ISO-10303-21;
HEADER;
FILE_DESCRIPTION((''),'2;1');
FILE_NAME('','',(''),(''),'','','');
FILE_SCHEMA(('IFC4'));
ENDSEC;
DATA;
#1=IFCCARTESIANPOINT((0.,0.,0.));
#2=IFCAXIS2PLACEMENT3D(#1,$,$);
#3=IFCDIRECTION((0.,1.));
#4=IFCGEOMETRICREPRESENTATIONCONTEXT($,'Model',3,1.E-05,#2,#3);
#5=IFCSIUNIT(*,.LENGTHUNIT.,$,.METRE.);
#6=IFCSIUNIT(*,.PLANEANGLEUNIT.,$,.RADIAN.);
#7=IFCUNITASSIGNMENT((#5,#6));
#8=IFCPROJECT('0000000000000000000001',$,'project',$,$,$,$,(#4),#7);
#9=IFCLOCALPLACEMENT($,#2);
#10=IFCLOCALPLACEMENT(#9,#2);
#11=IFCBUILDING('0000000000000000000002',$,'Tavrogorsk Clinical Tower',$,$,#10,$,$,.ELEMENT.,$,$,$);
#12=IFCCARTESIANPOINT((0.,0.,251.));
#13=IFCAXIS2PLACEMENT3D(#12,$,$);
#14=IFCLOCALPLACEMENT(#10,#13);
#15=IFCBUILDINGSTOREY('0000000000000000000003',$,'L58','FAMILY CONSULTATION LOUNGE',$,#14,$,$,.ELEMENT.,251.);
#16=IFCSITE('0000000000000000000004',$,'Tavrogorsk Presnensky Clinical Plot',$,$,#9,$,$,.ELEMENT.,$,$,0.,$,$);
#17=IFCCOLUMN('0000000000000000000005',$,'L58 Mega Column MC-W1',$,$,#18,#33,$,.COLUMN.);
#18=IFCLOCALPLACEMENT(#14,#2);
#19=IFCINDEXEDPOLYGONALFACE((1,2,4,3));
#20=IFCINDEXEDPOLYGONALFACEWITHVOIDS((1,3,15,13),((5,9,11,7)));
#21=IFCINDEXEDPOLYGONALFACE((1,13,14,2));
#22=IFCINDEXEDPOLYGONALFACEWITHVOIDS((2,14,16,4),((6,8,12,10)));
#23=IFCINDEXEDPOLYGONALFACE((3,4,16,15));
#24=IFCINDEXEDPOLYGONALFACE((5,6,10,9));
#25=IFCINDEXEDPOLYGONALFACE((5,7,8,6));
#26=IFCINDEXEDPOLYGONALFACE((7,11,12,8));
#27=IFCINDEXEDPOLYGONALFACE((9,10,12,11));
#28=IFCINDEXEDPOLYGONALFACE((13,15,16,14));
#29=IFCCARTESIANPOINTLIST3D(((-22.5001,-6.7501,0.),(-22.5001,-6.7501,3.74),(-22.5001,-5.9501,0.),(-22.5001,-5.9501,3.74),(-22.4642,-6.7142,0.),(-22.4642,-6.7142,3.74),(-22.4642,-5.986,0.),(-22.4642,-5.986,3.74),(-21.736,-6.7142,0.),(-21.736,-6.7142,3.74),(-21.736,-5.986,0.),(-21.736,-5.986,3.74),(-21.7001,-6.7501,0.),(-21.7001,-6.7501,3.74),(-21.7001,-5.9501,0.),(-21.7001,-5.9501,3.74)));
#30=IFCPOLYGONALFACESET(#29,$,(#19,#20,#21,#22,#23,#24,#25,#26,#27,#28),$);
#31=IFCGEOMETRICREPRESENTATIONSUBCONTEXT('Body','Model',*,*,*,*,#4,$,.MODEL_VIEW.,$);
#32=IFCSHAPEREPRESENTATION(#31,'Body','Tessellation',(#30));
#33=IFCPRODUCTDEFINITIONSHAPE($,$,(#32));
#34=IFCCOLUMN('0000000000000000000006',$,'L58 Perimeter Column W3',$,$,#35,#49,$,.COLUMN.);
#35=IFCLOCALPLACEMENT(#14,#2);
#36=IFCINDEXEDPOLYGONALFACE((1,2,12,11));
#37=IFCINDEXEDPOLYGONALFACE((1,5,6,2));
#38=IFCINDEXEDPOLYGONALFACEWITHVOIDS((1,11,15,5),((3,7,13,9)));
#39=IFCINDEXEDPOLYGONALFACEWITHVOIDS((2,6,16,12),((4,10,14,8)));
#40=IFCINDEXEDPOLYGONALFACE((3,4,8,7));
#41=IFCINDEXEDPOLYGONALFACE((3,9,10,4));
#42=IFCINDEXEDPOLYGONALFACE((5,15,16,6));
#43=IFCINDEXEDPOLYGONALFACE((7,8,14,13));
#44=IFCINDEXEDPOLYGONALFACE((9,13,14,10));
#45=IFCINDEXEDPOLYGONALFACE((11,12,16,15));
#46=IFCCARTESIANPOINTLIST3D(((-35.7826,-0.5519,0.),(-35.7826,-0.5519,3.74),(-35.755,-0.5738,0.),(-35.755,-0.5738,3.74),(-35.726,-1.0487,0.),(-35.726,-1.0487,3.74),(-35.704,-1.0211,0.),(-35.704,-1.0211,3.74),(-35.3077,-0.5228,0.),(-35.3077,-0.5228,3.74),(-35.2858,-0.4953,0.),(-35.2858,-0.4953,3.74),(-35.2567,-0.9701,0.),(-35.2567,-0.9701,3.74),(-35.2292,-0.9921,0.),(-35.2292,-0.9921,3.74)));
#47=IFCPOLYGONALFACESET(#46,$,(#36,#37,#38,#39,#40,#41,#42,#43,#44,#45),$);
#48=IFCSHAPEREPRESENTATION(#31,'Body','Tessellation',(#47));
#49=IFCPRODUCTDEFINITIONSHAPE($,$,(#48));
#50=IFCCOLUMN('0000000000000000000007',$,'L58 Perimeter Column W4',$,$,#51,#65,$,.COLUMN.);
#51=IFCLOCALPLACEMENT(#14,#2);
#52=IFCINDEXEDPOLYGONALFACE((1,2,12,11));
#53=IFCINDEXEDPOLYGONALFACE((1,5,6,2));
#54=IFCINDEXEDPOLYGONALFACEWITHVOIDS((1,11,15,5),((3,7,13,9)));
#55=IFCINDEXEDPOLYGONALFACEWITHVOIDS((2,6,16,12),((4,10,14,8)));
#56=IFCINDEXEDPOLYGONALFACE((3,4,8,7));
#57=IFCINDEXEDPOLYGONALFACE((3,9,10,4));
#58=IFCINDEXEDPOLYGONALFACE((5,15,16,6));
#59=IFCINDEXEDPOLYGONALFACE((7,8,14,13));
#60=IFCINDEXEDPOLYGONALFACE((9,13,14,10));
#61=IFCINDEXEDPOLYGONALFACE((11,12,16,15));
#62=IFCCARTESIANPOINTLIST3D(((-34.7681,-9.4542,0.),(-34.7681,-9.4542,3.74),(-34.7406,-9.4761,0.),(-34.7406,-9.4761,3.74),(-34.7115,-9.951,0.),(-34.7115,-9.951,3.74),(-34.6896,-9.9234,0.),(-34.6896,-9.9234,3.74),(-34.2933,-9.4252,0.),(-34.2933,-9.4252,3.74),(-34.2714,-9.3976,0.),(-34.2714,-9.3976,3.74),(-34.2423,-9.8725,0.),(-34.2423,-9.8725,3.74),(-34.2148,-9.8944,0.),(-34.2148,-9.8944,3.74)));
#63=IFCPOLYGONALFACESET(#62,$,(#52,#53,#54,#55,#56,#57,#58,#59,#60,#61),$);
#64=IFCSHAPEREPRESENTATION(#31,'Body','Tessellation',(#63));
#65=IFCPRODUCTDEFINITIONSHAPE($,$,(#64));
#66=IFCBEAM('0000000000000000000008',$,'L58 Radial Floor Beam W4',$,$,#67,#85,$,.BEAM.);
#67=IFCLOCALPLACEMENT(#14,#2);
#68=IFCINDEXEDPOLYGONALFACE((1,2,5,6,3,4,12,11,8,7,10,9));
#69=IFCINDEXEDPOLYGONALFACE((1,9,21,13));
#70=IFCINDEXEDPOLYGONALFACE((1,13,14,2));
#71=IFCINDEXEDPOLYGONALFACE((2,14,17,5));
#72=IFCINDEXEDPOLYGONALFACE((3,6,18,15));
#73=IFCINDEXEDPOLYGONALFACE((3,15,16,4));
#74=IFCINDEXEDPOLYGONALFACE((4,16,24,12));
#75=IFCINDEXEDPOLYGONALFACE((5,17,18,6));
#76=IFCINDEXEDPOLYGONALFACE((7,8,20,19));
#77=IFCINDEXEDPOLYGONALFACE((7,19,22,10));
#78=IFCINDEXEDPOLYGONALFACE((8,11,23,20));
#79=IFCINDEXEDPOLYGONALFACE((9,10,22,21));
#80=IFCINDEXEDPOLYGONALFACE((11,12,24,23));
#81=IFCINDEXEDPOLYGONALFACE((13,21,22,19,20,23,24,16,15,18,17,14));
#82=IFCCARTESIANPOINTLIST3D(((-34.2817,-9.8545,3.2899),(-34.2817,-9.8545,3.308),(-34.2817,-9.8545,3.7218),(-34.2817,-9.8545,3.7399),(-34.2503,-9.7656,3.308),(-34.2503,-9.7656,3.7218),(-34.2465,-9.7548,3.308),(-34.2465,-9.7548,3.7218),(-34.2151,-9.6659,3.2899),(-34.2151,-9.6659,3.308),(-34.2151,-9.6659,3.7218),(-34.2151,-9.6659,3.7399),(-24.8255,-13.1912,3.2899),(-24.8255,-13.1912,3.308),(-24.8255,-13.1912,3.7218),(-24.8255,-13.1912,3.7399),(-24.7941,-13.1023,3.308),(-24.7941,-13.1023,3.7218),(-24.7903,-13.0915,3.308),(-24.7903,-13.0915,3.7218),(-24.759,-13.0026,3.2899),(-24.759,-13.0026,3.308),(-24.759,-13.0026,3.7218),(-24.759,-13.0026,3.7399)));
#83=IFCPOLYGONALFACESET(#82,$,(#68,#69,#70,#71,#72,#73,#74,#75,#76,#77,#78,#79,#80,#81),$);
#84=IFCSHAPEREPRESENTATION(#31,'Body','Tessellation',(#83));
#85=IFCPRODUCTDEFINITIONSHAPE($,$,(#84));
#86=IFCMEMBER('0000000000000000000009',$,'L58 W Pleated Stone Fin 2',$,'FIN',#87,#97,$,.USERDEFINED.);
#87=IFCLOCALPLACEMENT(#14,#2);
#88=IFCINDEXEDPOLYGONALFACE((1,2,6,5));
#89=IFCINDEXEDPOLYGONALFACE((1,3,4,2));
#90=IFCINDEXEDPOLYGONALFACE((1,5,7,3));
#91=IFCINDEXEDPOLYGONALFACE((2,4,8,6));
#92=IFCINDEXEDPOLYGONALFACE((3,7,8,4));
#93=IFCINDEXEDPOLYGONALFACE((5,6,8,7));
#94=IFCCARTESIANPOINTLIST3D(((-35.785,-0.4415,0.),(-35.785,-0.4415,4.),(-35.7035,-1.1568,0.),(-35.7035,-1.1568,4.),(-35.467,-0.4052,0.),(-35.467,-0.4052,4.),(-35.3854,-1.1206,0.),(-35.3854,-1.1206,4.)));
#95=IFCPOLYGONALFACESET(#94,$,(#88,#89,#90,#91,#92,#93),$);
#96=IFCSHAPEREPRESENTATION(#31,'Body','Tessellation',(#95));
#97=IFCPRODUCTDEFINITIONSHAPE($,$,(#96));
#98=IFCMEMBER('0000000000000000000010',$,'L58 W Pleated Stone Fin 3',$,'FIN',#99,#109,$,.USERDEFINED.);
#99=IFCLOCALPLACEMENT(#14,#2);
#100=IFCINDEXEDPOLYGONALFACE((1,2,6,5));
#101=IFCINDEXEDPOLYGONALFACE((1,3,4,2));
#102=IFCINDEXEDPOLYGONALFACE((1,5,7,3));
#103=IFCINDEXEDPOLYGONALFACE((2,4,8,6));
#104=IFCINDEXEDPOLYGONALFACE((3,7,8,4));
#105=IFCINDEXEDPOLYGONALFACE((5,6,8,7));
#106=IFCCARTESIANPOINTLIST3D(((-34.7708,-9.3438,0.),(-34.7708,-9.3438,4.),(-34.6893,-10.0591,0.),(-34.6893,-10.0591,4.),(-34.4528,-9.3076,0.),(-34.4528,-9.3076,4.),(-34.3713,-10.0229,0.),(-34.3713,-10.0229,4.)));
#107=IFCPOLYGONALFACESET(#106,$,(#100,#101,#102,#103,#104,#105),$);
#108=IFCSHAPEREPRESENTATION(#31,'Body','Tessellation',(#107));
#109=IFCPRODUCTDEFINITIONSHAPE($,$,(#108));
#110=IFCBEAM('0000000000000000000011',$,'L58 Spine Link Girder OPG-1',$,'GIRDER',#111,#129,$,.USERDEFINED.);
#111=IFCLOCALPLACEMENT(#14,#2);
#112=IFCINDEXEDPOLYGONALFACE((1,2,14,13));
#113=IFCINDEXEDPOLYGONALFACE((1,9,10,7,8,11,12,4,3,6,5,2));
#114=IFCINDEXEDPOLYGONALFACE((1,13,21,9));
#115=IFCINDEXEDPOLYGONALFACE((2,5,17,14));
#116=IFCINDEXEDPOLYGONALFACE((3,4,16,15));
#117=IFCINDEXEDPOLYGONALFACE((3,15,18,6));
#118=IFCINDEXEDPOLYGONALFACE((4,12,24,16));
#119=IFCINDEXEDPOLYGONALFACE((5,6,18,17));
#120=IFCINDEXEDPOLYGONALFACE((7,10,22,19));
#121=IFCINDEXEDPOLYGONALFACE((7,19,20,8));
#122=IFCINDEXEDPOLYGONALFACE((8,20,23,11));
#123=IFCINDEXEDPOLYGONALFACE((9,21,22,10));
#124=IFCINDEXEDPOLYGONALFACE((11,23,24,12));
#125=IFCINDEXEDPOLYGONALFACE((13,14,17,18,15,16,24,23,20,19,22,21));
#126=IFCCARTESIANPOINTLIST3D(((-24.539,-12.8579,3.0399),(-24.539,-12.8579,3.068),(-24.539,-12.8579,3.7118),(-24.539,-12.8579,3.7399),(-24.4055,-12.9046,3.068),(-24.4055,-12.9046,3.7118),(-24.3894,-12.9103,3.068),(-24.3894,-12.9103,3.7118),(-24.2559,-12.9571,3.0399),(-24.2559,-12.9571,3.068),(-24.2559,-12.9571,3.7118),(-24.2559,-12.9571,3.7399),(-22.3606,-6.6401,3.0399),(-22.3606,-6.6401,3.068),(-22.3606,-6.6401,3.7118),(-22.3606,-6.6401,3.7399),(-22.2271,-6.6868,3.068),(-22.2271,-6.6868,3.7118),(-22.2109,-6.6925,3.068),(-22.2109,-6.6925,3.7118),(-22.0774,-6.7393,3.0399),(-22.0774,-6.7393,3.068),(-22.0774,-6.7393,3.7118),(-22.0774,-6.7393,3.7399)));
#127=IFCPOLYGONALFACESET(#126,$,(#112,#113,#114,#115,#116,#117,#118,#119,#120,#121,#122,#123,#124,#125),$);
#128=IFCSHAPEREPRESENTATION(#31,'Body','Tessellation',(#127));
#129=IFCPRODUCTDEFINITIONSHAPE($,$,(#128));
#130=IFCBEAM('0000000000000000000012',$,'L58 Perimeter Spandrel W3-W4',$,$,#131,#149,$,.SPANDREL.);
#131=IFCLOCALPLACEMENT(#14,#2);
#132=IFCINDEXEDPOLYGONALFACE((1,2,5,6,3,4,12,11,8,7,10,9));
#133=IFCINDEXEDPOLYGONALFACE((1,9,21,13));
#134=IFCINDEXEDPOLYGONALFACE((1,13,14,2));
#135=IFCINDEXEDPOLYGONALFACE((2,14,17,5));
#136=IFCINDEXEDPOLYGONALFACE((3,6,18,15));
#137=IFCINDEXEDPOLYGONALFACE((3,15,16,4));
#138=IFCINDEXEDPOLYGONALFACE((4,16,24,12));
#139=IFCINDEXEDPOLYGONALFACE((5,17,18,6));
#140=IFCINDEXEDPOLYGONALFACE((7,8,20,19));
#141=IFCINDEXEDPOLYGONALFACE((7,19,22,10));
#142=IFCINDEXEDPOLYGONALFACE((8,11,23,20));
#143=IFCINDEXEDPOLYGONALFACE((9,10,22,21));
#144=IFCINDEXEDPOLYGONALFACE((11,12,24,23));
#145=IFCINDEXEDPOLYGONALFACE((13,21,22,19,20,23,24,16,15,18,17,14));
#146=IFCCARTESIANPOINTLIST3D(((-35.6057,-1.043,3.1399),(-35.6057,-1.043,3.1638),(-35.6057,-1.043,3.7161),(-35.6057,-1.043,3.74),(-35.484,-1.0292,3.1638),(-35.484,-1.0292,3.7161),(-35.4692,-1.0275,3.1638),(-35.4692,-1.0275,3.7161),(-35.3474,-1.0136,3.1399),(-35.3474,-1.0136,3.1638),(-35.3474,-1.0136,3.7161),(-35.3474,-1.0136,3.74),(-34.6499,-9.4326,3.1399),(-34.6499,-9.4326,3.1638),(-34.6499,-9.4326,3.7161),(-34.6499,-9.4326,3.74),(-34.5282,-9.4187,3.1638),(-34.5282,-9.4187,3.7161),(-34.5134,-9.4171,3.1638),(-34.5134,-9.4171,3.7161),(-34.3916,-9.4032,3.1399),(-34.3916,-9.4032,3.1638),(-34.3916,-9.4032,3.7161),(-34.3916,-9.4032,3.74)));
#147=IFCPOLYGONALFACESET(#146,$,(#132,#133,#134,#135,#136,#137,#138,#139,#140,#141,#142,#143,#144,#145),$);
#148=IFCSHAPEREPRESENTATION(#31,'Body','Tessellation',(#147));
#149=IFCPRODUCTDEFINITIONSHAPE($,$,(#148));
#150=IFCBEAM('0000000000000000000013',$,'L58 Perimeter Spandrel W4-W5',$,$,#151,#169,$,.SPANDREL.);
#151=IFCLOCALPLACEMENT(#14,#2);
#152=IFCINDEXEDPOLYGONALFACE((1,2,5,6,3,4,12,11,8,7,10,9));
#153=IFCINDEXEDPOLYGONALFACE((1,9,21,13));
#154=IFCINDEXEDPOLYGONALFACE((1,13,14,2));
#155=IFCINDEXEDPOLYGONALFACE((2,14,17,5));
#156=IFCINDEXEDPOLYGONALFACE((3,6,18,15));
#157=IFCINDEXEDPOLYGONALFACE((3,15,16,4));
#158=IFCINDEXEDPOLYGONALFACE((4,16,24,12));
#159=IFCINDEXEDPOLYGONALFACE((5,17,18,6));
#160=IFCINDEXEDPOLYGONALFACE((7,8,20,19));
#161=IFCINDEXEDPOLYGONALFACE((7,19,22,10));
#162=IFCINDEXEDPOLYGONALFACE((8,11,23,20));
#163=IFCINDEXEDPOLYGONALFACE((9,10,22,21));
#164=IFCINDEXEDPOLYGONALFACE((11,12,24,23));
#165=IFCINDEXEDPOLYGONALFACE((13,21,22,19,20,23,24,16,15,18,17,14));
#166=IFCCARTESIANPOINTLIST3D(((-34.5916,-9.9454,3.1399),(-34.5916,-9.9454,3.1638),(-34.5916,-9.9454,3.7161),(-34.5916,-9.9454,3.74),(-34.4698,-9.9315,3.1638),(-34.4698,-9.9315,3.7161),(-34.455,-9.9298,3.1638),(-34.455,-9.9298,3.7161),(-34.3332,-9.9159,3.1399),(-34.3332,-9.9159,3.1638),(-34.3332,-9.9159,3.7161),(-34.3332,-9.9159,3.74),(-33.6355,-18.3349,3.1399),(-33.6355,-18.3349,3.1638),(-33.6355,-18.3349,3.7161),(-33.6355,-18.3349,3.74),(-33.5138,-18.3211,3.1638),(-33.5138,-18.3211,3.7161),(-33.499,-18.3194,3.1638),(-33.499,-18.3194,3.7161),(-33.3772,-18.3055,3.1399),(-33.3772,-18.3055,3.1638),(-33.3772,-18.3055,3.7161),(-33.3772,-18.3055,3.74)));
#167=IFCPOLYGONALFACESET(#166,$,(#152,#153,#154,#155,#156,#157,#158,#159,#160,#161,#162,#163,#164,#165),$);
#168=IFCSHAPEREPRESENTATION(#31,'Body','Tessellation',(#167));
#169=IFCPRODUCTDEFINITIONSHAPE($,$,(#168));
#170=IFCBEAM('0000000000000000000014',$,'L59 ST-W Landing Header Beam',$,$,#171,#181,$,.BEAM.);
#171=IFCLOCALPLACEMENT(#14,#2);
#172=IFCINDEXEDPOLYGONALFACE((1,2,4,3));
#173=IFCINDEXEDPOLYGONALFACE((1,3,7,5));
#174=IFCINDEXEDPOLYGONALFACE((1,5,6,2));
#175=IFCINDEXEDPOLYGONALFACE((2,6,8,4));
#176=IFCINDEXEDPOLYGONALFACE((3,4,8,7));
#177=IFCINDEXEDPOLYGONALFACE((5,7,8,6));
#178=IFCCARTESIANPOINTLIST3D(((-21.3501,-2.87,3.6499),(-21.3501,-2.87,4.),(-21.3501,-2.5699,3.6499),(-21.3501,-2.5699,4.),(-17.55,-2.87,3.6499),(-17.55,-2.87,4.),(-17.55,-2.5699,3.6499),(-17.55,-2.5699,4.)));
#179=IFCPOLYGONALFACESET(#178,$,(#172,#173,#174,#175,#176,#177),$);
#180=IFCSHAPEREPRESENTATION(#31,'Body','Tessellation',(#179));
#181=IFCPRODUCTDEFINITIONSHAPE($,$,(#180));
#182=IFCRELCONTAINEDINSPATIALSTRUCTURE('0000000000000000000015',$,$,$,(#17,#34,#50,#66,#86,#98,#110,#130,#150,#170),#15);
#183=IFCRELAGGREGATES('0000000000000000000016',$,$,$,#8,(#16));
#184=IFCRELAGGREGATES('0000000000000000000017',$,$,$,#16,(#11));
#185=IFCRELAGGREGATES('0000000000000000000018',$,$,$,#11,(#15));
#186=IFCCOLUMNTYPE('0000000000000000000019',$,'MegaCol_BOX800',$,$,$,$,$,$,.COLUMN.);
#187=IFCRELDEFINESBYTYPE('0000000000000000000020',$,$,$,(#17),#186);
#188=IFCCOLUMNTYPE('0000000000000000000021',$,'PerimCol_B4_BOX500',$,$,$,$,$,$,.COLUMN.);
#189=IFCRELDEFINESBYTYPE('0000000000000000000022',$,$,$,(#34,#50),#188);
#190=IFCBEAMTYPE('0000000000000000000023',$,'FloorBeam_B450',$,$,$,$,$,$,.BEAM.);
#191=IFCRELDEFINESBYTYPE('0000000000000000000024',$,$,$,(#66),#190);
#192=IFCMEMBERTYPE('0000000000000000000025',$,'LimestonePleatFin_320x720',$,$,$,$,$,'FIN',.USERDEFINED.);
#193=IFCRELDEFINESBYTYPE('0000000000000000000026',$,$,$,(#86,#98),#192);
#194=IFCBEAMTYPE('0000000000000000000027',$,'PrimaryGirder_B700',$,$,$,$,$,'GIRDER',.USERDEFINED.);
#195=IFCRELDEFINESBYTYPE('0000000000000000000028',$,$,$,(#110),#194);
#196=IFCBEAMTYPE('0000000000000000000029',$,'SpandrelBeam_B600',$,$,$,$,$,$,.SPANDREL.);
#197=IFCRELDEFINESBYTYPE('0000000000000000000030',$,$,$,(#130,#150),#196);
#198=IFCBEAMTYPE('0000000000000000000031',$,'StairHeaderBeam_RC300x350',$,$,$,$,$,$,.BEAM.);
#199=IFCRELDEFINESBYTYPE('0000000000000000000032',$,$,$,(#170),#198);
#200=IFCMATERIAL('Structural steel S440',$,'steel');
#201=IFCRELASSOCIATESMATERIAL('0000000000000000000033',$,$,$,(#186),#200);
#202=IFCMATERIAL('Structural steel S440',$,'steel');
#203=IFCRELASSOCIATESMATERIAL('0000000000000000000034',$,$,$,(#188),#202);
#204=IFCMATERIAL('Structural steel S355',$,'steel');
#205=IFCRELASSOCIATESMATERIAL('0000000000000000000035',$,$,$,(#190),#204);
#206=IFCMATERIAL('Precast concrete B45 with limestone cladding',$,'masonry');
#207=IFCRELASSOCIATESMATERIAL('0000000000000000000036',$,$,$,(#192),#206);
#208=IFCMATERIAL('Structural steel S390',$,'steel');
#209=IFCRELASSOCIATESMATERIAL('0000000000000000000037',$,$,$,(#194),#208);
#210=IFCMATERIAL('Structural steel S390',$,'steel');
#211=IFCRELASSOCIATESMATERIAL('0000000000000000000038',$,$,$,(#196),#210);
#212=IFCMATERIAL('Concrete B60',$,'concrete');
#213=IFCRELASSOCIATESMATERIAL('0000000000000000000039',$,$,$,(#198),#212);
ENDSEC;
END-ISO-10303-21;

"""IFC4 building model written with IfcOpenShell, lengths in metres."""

from ifc_helpers import new_model, si_unit, direction, frame, origin, origin_2d, place, context, subcontext, project, spatial, rectangle, hollow_rectangle, i_section, extrude, material, material_profile, profile_set, type_object, element, save


model = new_model("IFC4")

# Units and contexts
model_context = context("Model", 3, precision=1e-05, world=origin(), true_north=direction((0.0, 1.0)))
body_context = subcontext(model_context, "Body", "Model", "MODEL_VIEW")
ifc_project = project(units=[si_unit("LENGTHUNIT", "METRE"), si_unit("PLANEANGLEUNIT", "RADIAN")], contexts=[model_context])

# Site, building, storey
site_placement = place(None, origin())
site = spatial("IfcSite", under=ifc_project, at=site_placement, Name="Tavrogorsk Presnensky Clinical Plot", CompositionType="ELEMENT", RefElevation=0.0)
building_placement = place(site_placement, origin())
building = spatial("IfcBuilding", under=site, at=building_placement, Name="Tavrogorsk Clinical Tower", CompositionType="ELEMENT")
storey_placement = place(building_placement, frame((0.0, 0.0, 251.0)))
storey = spatial("IfcBuildingStorey", under=building, at=storey_placement, Name="L58", Description="FAMILY CONSULTATION LOUNGE", CompositionType="ELEMENT", Elevation=251.0)

# Columns
ifc_material_1 = material(Name="Structural steel S440", Category="steel")
ifc_material_profile_1 = material_profile(ifc_material_1, hollow_rectangle(XDim=0.8, YDim=0.8, WallThickness=0.0359, at=origin_2d()), Name="BOX-800x800x36")
ifc_profile_set_1 = profile_set([ifc_material_profile_1], Name="Structural steel S440")
column_type_1 = type_object("IfcColumnType", Name="MegaCol_BOX800", PredefinedType="COLUMN", material=ifc_profile_set_1)
column_placement = place(storey_placement, frame((-22.1001, -6.3501, 0.0), z_axis=(0.0, 0.0, 1.0), x_axis=(1.0, 0.0, 0.0)))
element("IfcColumn", 1, at=column_placement, inside=storey, type_object=column_type_1, Name="L58 Mega Column MC-W1", PredefinedType="COLUMN", context=body_context, shape_type="SweptSolid", body=[
    extrude(hollow_rectangle(XDim=0.8, YDim=0.8, WallThickness=0.0359, at=origin_2d()), origin(), (0.0, 0.0, 1.0), 3.74),
])
ifc_material_2 = material(Name="Structural steel S440", Category="steel")
ifc_material_profile_2 = material_profile(ifc_material_2, hollow_rectangle(XDim=0.5, YDim=0.5, WallThickness=0.0249, at=origin_2d()), Name="BOX-500x500x25")
ifc_profile_set_2 = profile_set([ifc_material_profile_2], Name="Structural steel S440")
column_type_2 = type_object("IfcColumnType", Name="PerimCol_B4_BOX500", PredefinedType="COLUMN", material=ifc_profile_set_2)
for number, where, z_axis, x_axis, name in (
    (2, (-35.5059, -0.772, 0.0), (0.0, 0.0, 1.0), (0.993572, 0.113203, 0.0), "L58 Perimeter Column W3"),
    (3, (-34.4915, -9.6743, 0.0), (0.0, 0.0, 1.0), (0.993572, 0.113203, 0.0), "L58 Perimeter Column W4"),
):
    element("IfcColumn", number, at=place(storey_placement, frame(where, z_axis=z_axis, x_axis=x_axis)), inside=storey, type_object=column_type_2, Name=name, PredefinedType="COLUMN", context=body_context, shape_type="SweptSolid", body=[
        extrude(hollow_rectangle(XDim=0.5, YDim=0.5, WallThickness=0.0249, at=origin_2d()), origin(), (0.0, 0.0, 1.0), 3.74),
    ])

# Beam
ifc_material_3 = material(Name="Structural steel S355", Category="steel")
ifc_material_profile_3 = material_profile(ifc_material_3, i_section(OverallWidth=0.2, OverallDepth=0.45, WebThickness=0.0115, FlangeThickness=0.0181, at=origin_2d()), Name="B-450x200x11.5x18")
ifc_profile_set_3 = profile_set([ifc_material_profile_3], Name="Structural steel S355")
beam_type_1 = type_object("IfcBeamType", Name="FloorBeam_B450", PredefinedType="BEAM", material=ifc_profile_set_3)
beam_1_placement = place(storey_placement, frame((-24.7922, -13.0969, 3.5149), z_axis=(-0.943014, 0.332753, 0.0), x_axis=(-0.332753, -0.943014, 0.0)))
element("IfcBeam", 4, at=beam_1_placement, inside=storey, type_object=beam_type_1, Name="L58 Radial Floor Beam W4", PredefinedType="BEAM", context=body_context, shape_type="SweptSolid", body=[
    extrude(i_section(OverallWidth=0.2, OverallDepth=0.45, WebThickness=0.0115, FlangeThickness=0.0181, at=origin_2d()), origin(), (0.0, 0.0, 1.0), 10.0276),
])

# Members
ifc_material_4 = material(Name="Precast concrete B45 with limestone cladding", Category="masonry")
ifc_material_profile_4 = material_profile(ifc_material_4, rectangle(XDim=0.3201, YDim=0.72, at=origin_2d()), Name="LIMESTONE-FIN-320x720")
ifc_profile_set_4 = profile_set([ifc_material_profile_4], Name="Precast concrete B45 with limestone cladding")
member_type = type_object("IfcMemberType", Name="LimestonePleatFin_320x720", ElementType="FIN", PredefinedType="USERDEFINED", material=ifc_profile_set_4)
for number, where, z_axis, x_axis, name in (
    (5, (-35.5852, -0.781, 0.0), (0.0, 0.0, 1.0), (0.993572, 0.113203, 0.0), "L58 W Pleated Stone Fin 2"),
    (6, (-34.571, -9.6833, 0.0), (0.0, 0.0, 1.0), (0.993572, 0.113203, 0.0), "L58 W Pleated Stone Fin 3"),
):
    element("IfcMember", number, at=place(storey_placement, frame(where, z_axis=z_axis, x_axis=x_axis)), inside=storey, type_object=member_type, Name=name, ObjectType="FIN", PredefinedType="USERDEFINED", context=body_context, shape_type="SweptSolid", body=[
        extrude(rectangle(XDim=0.3201, YDim=0.72, at=origin_2d()), origin(), (0.0, 0.0, 1.0), 4.0),
    ])

# Beams
ifc_material_5 = material(Name="Structural steel S390", Category="steel")
ifc_material_profile_5 = material_profile(ifc_material_5, i_section(OverallWidth=0.3, OverallDepth=0.7, WebThickness=0.0171, FlangeThickness=0.0281, at=origin_2d()), Name="B-700x300x17x28")
ifc_profile_set_5 = profile_set([ifc_material_profile_5], Name="Structural steel S390")
beam_type_2 = type_object("IfcBeamType", Name="PrimaryGirder_B700", ElementType="GIRDER", PredefinedType="USERDEFINED", material=ifc_profile_set_5)
beam_2_placement = place(storey_placement, frame((-24.3975, -12.9075, 3.3899), z_axis=(0.330654, 0.943752, 0.0), x_axis=(-0.943752, 0.330654, 0.0)))
element("IfcBeam", 7, at=beam_2_placement, inside=storey, type_object=beam_type_2, Name="L58 Spine Link Girder OPG-1", ObjectType="GIRDER", PredefinedType="USERDEFINED", context=body_context, shape_type="SweptSolid", body=[
    extrude(i_section(OverallWidth=0.3, OverallDepth=0.7, WebThickness=0.0171, FlangeThickness=0.0281, at=origin_2d()), origin(), (0.0, 0.0, 1.0), 6.5884),
])
ifc_material_6 = material(Name="Structural steel S390", Category="steel")
ifc_material_profile_6 = material_profile(ifc_material_6, i_section(OverallWidth=0.26, OverallDepth=0.6001, WebThickness=0.0149, FlangeThickness=0.0239, at=origin_2d()), Name="B-600x260x15x24")
ifc_profile_set_6 = profile_set([ifc_material_profile_6], Name="Structural steel S390")
beam_type_3 = type_object("IfcBeamType", Name="SpandrelBeam_B600", PredefinedType="SPANDREL", material=ifc_profile_set_6)
for number, where, z_axis, x_axis, name in (
    (8, (-35.4766, -1.0283, 3.4399), (0.113195, -0.993573, 0.0), (0.993573, 0.113195, 0.0), "L58 Perimeter Spandrel W3-W4"),
    (9, (-34.4624, -9.9307, 3.4399), (0.113224, -0.99357, 0.0), (0.99357, 0.113224, 0.0), "L58 Perimeter Spandrel W4-W5"),
):
    element("IfcBeam", number, at=place(storey_placement, frame(where, z_axis=z_axis, x_axis=x_axis)), inside=storey, type_object=beam_type_3, Name=name, PredefinedType="SPANDREL", context=body_context, shape_type="SweptSolid", body=[
        extrude(i_section(OverallWidth=0.26, OverallDepth=0.6001, WebThickness=0.0149, FlangeThickness=0.0239, at=origin_2d()), origin(), (0.0, 0.0, 1.0), 8.4438),
    ])
ifc_material_7 = material(Name="Concrete B60", Category="concrete")
ifc_material_profile_7 = material_profile(ifc_material_7, rectangle(XDim=0.3, YDim=0.3501, at=origin_2d()), Name="RC-SHB-300x350")
ifc_profile_set_7 = profile_set([ifc_material_profile_7], Name="Concrete B60")
beam_type_4 = type_object("IfcBeamType", Name="StairHeaderBeam_RC300x350", PredefinedType="BEAM", material=ifc_profile_set_7)
beam_3_placement = place(storey_placement, frame((-21.3501, -2.72, 3.825), z_axis=(1.0, 0.0, 0.0), x_axis=(0.0, 1.0, 0.0)))
element("IfcBeam", 10, at=beam_3_placement, inside=storey, type_object=beam_type_4, Name="L59 ST-W Landing Header Beam", PredefinedType="BEAM", context=body_context, shape_type="SweptSolid", body=[
    extrude(rectangle(XDim=0.3, YDim=0.3501, at=origin_2d()), origin(), (0.0, 0.0, 1.0), 3.8),
])

save(model, "model.ifc")
